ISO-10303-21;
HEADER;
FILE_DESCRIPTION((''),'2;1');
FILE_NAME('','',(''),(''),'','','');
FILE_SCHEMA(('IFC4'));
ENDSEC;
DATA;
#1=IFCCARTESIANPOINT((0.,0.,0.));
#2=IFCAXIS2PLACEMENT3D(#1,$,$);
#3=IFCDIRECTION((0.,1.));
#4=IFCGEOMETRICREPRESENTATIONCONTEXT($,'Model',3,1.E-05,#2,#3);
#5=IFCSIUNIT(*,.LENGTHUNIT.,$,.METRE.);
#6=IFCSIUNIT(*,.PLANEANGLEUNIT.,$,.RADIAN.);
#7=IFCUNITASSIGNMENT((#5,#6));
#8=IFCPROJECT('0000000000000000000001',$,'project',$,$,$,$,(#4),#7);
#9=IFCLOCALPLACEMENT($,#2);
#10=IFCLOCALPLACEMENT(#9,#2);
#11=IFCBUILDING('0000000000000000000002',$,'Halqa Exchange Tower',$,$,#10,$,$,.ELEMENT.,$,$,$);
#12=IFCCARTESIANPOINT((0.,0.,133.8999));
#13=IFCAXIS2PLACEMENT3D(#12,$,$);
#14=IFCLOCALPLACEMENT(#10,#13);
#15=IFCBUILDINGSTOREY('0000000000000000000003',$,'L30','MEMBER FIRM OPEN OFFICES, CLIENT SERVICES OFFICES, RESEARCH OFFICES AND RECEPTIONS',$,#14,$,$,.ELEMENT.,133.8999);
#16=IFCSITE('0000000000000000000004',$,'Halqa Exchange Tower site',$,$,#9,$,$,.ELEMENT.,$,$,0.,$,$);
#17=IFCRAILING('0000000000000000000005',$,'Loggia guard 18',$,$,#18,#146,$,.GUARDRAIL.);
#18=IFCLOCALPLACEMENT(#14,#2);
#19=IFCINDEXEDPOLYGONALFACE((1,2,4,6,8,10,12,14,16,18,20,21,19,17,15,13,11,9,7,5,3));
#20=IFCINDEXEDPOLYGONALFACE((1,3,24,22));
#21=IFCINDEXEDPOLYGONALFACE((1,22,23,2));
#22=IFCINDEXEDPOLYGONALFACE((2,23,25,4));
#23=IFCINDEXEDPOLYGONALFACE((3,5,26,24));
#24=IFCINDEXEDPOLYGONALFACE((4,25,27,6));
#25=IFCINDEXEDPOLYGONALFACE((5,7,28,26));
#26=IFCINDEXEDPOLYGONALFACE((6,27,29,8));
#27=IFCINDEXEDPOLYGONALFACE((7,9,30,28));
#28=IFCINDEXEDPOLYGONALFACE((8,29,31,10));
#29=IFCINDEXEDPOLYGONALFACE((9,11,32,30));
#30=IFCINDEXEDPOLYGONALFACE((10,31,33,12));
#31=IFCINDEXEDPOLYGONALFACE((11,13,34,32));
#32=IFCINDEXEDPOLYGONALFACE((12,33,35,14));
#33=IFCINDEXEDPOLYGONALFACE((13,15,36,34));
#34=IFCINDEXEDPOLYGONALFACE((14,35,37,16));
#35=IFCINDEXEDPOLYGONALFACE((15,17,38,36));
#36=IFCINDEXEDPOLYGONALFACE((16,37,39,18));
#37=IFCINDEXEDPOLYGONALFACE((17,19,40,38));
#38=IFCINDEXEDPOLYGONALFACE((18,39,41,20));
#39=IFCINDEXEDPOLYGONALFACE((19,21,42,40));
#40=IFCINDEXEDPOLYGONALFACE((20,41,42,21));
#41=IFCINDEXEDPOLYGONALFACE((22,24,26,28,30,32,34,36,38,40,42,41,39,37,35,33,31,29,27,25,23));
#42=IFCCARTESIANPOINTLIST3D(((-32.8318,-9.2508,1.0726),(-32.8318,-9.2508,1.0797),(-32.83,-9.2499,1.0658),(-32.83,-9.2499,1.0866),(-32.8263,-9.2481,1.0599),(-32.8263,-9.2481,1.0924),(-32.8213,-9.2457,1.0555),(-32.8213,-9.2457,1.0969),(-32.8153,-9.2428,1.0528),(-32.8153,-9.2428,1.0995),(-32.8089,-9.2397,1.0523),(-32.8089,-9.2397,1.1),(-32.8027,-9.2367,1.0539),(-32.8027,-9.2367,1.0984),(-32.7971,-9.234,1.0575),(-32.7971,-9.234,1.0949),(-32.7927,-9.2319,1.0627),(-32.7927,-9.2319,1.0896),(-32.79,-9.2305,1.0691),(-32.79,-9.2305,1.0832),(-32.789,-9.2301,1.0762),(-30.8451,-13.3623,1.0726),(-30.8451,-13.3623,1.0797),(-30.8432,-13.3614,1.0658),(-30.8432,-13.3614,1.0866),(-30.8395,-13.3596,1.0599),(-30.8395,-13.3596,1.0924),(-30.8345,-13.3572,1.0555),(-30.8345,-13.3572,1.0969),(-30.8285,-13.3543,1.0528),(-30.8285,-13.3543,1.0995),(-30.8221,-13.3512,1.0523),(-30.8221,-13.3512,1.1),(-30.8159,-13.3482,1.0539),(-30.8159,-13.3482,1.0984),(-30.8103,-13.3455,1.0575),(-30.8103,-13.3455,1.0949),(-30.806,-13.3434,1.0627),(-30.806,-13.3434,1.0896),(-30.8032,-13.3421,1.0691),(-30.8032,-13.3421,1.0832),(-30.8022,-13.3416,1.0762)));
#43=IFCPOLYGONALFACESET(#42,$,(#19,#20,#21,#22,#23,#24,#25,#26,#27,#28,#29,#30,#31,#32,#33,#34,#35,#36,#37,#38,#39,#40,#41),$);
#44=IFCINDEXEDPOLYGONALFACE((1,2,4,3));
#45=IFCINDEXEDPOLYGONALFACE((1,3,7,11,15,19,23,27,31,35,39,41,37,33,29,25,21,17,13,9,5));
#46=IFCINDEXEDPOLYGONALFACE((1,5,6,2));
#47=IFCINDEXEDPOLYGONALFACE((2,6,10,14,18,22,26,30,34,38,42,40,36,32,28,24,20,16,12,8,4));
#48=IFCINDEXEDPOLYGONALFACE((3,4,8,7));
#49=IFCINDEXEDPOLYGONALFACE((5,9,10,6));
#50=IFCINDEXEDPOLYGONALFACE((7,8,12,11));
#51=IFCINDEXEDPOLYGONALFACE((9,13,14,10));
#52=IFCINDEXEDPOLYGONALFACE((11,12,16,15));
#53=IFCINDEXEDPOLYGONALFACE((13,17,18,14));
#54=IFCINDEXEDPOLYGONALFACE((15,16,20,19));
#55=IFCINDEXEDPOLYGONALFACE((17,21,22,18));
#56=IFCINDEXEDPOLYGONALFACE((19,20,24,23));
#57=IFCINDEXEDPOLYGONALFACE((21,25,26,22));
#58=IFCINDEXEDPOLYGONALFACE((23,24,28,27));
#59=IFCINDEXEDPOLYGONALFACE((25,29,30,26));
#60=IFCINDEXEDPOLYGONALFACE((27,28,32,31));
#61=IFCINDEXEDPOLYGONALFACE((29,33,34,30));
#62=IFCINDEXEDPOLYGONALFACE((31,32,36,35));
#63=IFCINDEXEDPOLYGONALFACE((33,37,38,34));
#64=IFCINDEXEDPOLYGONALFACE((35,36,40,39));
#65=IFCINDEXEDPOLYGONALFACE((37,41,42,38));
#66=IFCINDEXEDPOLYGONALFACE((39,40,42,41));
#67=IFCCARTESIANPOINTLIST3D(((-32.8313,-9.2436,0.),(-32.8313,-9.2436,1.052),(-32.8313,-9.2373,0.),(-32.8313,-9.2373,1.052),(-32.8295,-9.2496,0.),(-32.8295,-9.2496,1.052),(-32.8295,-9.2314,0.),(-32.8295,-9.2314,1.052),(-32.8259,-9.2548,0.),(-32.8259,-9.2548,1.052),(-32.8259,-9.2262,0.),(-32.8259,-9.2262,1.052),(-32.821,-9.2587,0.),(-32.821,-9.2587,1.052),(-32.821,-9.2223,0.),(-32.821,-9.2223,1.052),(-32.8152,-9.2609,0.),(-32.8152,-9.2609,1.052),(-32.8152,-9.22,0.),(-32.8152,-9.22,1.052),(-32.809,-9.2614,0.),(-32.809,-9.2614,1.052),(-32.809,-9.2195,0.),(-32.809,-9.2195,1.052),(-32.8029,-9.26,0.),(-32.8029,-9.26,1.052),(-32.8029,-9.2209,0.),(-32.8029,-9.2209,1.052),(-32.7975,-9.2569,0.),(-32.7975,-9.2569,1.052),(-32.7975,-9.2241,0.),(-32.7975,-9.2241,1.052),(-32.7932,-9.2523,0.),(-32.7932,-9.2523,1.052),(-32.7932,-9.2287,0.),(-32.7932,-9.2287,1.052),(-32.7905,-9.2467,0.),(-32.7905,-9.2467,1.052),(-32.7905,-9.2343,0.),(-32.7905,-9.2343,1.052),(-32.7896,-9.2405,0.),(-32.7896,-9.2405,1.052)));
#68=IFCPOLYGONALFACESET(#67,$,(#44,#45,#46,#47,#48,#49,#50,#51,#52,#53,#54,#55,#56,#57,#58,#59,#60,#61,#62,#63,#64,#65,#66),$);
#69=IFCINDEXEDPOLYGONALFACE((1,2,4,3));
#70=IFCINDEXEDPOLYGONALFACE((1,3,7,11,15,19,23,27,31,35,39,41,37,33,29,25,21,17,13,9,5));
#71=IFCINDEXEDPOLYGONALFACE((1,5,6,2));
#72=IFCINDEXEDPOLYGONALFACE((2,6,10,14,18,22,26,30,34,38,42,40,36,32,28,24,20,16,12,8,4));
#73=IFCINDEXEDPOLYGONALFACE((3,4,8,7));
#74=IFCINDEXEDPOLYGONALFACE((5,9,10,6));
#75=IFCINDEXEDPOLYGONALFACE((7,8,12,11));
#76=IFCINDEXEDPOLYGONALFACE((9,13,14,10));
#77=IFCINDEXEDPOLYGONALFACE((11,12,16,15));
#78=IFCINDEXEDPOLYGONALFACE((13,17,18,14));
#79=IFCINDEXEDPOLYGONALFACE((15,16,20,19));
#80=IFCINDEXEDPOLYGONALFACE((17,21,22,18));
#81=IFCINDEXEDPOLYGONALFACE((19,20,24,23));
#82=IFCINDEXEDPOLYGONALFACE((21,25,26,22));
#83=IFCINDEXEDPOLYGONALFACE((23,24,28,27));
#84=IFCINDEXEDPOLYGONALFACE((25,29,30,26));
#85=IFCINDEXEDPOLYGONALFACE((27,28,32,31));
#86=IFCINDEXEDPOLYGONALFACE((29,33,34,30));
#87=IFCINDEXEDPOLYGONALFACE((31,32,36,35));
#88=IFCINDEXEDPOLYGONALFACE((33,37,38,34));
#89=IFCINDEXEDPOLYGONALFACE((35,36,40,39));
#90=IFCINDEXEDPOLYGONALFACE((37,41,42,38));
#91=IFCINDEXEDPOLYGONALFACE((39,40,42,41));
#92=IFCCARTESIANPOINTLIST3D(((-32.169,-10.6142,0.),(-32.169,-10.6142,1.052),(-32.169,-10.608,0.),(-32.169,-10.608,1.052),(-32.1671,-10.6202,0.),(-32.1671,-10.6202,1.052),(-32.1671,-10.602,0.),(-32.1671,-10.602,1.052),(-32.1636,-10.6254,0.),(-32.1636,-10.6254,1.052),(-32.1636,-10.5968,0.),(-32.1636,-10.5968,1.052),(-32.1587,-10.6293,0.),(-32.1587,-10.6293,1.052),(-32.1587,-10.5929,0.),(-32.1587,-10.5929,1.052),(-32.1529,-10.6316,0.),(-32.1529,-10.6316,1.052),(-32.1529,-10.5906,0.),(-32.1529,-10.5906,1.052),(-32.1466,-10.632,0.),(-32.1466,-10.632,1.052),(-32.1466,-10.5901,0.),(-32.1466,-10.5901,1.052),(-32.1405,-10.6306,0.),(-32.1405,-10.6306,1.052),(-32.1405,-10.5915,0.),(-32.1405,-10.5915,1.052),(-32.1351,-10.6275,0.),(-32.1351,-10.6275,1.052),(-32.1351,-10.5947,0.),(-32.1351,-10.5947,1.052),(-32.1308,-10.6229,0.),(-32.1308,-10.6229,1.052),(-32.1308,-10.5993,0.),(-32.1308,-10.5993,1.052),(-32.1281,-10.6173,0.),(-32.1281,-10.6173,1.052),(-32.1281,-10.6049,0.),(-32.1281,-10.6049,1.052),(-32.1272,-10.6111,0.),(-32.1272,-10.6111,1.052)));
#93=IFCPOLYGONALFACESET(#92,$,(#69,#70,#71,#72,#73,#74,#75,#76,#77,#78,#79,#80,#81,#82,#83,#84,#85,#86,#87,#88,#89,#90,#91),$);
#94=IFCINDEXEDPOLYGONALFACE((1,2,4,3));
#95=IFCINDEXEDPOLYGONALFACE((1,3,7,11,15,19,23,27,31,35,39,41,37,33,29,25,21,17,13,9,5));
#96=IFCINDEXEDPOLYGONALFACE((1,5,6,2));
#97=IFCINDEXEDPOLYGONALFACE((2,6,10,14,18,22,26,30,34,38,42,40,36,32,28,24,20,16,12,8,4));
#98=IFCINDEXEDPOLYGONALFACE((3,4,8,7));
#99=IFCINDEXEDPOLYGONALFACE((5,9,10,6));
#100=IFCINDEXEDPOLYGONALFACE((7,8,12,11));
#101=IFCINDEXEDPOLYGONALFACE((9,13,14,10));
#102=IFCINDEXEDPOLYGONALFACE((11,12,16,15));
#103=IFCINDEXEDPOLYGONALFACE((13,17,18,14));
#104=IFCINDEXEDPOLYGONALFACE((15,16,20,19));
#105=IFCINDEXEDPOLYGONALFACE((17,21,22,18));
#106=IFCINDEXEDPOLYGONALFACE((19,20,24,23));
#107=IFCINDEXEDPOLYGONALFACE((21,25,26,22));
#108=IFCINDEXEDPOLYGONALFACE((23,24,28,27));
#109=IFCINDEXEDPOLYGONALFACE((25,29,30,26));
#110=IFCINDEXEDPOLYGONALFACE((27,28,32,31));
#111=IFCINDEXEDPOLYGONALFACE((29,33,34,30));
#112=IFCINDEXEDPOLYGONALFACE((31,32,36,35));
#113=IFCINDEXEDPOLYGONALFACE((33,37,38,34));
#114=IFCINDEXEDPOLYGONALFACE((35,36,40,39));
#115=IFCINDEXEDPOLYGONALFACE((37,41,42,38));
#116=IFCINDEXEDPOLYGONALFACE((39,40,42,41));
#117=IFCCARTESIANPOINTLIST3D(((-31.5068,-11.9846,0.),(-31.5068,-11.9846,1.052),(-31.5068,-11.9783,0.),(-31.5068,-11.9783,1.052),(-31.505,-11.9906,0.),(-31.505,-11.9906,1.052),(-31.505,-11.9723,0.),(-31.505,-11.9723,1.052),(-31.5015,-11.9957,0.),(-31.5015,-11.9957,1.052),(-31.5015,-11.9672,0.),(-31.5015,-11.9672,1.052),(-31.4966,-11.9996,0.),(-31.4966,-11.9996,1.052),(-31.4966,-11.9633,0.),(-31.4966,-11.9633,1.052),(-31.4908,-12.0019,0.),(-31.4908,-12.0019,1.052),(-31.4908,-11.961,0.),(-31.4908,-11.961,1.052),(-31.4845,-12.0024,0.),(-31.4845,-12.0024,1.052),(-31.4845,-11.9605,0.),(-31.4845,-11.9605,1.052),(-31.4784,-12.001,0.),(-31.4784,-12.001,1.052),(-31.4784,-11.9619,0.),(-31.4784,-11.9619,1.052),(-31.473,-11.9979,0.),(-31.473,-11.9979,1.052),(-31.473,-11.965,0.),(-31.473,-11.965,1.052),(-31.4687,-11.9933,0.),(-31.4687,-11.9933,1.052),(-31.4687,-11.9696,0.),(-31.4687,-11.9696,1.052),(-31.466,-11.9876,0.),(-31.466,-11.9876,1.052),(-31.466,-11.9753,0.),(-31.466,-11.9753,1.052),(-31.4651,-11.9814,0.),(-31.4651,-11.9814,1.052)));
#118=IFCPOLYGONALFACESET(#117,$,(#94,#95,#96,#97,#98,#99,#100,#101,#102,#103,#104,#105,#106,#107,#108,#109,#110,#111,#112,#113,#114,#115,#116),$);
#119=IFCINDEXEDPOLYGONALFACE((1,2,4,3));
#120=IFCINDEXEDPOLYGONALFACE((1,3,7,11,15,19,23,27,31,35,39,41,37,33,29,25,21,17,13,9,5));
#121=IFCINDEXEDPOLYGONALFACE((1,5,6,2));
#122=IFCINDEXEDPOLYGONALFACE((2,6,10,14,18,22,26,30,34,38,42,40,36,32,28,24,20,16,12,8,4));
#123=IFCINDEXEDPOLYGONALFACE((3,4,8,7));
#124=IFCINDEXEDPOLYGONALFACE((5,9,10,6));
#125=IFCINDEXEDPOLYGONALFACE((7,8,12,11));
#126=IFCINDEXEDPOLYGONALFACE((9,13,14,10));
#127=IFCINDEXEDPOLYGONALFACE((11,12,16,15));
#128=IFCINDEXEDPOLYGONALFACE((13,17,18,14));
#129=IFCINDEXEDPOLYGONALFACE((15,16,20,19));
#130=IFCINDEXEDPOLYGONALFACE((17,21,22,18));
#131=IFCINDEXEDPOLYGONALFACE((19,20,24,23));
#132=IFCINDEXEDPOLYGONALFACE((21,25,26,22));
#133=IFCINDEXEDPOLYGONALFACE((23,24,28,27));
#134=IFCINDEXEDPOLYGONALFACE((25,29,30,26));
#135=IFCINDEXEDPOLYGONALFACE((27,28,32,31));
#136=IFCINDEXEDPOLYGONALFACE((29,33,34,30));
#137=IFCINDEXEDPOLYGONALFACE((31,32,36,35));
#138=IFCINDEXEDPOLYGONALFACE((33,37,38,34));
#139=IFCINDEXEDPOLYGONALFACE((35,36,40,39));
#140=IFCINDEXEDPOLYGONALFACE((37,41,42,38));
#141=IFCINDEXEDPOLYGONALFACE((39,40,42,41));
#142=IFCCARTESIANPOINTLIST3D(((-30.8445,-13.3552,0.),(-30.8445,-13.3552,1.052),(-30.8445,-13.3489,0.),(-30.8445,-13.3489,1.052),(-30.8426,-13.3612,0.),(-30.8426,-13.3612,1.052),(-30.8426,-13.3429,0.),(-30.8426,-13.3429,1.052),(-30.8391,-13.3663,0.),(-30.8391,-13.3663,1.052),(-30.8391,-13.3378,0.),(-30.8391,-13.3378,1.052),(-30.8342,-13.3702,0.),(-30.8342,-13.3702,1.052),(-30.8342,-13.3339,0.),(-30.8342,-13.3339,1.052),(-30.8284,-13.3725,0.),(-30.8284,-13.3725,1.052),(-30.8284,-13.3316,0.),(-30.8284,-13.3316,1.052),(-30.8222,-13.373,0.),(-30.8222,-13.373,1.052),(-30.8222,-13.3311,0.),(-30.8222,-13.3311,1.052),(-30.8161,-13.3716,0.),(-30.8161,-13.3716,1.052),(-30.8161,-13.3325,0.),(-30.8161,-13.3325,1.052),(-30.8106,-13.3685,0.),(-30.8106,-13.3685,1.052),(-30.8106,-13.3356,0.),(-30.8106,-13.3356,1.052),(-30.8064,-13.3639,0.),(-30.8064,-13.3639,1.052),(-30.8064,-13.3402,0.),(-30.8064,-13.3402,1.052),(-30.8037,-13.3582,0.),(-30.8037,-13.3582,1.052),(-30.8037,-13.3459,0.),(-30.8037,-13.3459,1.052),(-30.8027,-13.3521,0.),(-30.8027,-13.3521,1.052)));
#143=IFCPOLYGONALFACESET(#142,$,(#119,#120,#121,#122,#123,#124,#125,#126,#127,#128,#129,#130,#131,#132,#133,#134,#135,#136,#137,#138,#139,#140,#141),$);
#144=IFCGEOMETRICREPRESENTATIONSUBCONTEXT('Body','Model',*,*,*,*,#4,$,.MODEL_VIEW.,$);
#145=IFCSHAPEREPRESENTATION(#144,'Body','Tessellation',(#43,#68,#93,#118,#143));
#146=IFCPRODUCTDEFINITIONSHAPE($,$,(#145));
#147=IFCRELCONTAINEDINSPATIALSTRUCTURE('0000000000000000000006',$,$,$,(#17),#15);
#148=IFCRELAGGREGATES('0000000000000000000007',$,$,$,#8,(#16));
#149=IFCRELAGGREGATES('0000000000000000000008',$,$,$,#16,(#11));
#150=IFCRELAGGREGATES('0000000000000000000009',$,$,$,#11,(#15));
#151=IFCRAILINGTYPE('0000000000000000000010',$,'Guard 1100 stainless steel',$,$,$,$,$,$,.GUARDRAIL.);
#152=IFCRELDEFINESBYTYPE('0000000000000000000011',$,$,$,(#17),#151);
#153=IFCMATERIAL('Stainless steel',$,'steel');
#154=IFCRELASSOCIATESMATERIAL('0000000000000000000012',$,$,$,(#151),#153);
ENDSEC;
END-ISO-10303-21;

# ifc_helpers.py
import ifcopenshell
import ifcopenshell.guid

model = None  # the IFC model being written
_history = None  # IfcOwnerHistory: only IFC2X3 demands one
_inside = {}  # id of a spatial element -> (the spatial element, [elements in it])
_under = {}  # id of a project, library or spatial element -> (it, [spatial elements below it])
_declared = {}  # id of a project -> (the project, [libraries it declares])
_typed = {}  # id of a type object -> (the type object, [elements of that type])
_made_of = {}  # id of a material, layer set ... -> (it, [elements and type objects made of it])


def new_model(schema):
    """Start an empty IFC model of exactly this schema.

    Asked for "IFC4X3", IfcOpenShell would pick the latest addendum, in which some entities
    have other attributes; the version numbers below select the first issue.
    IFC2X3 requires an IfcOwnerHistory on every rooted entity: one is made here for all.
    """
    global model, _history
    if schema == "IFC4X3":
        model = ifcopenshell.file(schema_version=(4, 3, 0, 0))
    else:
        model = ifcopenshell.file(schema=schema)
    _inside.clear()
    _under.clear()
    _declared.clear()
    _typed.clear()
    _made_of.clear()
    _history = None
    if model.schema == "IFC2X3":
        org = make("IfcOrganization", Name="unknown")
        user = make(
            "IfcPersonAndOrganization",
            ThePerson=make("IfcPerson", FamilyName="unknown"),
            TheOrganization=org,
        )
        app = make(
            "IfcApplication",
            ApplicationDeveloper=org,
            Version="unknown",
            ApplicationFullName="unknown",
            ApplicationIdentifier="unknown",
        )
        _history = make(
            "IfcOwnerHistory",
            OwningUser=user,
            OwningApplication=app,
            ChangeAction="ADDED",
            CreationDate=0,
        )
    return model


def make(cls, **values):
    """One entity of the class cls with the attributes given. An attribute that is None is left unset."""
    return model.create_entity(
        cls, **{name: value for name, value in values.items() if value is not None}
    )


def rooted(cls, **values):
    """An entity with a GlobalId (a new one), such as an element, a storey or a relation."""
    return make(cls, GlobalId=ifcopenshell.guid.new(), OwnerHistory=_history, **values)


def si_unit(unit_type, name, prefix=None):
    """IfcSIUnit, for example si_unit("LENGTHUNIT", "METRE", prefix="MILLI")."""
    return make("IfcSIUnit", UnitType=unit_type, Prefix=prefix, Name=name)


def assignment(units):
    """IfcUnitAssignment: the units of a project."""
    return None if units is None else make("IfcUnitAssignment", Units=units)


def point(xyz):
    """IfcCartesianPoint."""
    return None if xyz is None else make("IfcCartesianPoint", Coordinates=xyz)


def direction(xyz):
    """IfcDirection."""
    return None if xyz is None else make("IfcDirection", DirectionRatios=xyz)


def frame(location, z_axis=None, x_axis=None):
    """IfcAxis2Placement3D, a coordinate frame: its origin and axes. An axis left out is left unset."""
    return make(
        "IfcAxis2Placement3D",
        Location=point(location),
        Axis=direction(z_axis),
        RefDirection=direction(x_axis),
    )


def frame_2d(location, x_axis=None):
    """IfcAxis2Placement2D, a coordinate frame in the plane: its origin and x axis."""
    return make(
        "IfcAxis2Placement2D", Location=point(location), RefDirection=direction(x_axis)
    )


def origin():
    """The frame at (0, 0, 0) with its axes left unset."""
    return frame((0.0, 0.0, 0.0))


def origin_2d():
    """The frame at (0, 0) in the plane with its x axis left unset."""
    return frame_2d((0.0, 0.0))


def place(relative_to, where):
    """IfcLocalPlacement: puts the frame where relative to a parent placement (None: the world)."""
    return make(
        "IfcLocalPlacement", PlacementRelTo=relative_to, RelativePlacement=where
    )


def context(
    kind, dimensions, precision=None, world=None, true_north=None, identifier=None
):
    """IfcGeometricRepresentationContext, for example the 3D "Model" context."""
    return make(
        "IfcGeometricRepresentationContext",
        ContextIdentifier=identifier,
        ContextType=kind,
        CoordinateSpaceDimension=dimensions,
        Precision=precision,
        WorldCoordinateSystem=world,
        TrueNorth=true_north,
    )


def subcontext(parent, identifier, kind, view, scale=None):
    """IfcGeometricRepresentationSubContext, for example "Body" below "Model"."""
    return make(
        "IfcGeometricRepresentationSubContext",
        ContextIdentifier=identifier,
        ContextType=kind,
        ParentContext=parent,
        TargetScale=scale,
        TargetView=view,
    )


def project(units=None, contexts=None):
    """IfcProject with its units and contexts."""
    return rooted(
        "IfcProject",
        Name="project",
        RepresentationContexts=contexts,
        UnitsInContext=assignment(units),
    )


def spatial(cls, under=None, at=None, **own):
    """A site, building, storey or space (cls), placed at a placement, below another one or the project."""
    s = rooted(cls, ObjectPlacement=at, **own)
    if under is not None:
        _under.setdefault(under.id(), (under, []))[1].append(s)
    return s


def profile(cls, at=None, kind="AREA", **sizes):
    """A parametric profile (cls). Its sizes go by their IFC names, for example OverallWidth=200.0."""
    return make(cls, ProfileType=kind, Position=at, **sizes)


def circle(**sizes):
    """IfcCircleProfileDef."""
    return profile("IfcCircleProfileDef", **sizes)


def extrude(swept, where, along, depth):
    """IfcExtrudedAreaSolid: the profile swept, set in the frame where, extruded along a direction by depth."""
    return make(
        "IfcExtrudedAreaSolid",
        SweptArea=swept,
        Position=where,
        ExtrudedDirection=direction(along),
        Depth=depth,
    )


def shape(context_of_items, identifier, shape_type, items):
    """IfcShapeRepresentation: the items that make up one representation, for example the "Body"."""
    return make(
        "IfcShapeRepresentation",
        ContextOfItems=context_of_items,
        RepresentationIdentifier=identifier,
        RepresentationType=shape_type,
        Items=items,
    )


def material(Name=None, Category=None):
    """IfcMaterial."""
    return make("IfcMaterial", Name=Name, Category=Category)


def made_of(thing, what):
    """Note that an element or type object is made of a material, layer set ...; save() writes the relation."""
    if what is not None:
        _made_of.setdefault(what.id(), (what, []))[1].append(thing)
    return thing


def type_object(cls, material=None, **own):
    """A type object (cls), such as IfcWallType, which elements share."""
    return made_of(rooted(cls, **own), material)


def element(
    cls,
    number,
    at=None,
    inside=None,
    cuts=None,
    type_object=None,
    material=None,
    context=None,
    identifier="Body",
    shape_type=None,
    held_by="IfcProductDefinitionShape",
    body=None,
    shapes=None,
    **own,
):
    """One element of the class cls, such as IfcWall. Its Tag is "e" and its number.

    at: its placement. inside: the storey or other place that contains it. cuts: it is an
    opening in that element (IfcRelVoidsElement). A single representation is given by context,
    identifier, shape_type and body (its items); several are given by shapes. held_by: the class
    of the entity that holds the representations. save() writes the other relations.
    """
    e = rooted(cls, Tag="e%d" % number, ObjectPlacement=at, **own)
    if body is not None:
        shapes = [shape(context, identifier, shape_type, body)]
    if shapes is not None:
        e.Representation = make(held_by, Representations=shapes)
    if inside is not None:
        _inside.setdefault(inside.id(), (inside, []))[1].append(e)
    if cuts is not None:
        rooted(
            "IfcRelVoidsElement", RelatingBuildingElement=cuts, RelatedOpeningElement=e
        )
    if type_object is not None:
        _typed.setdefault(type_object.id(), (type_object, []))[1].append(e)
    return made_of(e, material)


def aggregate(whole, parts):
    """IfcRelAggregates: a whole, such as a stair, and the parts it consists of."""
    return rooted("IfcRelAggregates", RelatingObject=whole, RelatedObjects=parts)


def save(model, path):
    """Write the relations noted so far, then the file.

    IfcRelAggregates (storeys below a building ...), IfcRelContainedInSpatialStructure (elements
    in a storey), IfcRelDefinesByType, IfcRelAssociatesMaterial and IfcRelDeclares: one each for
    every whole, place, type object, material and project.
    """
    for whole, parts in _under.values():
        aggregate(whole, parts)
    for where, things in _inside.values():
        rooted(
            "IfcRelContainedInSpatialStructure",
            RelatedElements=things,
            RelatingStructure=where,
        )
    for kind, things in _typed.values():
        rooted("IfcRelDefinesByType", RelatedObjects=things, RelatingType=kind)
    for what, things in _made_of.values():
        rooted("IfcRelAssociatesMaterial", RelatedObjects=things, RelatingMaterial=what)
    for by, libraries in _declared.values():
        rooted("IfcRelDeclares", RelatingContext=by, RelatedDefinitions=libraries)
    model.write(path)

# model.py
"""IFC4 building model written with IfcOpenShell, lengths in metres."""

from ifc_helpers import new_model, si_unit, direction, frame, origin, origin_2d, place, context, subcontext, project, spatial, circle, extrude, material, type_object, element, save


model = new_model("IFC4")

# Units and contexts
model_context = context("Model", 3, precision=1e-05, world=origin(), true_north=direction((0.0, 1.0)))
body_context = subcontext(model_context, "Body", "Model", "MODEL_VIEW")
ifc_project = project(units=[si_unit("LENGTHUNIT", "METRE"), si_unit("PLANEANGLEUNIT", "RADIAN")], contexts=[model_context])

# Site, building, storey
site_placement = place(None, origin())
site = spatial("IfcSite", under=ifc_project, at=site_placement, Name="Halqa Exchange Tower site", CompositionType="ELEMENT", RefElevation=0.0)
building_placement = place(site_placement, origin())
building = spatial("IfcBuilding", under=site, at=building_placement, Name="Halqa Exchange Tower", CompositionType="ELEMENT")
storey_placement = place(building_placement, frame((0.0, 0.0, 133.8999)))
storey = spatial("IfcBuildingStorey", under=building, at=storey_placement, Name="L30", Description="MEMBER FIRM OPEN OFFICES, CLIENT SERVICES OFFICES, RESEARCH OFFICES AND RECEPTIONS", CompositionType="ELEMENT", Elevation=133.8999)

# Railing
ifc_material_1 = material(Name="Stainless steel", Category="steel")
railing_type = type_object("IfcRailingType", Name="Guard 1100 stainless steel", PredefinedType="GUARDRAIL", material=ifc_material_1)
railing_1_placement = place(storey_placement, frame((-32.8105, -9.2405, 0.0)))
element("IfcRailing", 1, at=railing_1_placement, inside=storey, type_object=railing_type, Name="Loggia guard 18", PredefinedType="GUARDRAIL", context=body_context, shape_type="SweptSolid", body=[
    extrude(circle(Radius=0.0239, at=origin_2d()), frame((0.0, 0.0, 1.0762), z_axis=(0.43509, -0.900387, 0.0), x_axis=(0.900387, 0.43509, 0.0)), (0.0, 0.0, 1.0), 4.5664),
    extrude(circle(Radius=0.021, at=origin_2d()), origin(), (0.0, 0.0, 1.0), 1.052),
    extrude(circle(Radius=0.021, at=origin_2d()), frame((0.6624, -1.3706, 0.0)), (0.0, 0.0, 1.0), 1.052),
    extrude(circle(Radius=0.021, at=origin_2d()), frame((1.3245, -2.741, 0.0)), (0.0, 0.0, 1.0), 1.052),
    extrude(circle(Radius=0.021, at=origin_2d()), frame((1.9868, -4.1116, 0.0)), (0.0, 0.0, 1.0), 1.052),
])

save(model, "model.ifc")
